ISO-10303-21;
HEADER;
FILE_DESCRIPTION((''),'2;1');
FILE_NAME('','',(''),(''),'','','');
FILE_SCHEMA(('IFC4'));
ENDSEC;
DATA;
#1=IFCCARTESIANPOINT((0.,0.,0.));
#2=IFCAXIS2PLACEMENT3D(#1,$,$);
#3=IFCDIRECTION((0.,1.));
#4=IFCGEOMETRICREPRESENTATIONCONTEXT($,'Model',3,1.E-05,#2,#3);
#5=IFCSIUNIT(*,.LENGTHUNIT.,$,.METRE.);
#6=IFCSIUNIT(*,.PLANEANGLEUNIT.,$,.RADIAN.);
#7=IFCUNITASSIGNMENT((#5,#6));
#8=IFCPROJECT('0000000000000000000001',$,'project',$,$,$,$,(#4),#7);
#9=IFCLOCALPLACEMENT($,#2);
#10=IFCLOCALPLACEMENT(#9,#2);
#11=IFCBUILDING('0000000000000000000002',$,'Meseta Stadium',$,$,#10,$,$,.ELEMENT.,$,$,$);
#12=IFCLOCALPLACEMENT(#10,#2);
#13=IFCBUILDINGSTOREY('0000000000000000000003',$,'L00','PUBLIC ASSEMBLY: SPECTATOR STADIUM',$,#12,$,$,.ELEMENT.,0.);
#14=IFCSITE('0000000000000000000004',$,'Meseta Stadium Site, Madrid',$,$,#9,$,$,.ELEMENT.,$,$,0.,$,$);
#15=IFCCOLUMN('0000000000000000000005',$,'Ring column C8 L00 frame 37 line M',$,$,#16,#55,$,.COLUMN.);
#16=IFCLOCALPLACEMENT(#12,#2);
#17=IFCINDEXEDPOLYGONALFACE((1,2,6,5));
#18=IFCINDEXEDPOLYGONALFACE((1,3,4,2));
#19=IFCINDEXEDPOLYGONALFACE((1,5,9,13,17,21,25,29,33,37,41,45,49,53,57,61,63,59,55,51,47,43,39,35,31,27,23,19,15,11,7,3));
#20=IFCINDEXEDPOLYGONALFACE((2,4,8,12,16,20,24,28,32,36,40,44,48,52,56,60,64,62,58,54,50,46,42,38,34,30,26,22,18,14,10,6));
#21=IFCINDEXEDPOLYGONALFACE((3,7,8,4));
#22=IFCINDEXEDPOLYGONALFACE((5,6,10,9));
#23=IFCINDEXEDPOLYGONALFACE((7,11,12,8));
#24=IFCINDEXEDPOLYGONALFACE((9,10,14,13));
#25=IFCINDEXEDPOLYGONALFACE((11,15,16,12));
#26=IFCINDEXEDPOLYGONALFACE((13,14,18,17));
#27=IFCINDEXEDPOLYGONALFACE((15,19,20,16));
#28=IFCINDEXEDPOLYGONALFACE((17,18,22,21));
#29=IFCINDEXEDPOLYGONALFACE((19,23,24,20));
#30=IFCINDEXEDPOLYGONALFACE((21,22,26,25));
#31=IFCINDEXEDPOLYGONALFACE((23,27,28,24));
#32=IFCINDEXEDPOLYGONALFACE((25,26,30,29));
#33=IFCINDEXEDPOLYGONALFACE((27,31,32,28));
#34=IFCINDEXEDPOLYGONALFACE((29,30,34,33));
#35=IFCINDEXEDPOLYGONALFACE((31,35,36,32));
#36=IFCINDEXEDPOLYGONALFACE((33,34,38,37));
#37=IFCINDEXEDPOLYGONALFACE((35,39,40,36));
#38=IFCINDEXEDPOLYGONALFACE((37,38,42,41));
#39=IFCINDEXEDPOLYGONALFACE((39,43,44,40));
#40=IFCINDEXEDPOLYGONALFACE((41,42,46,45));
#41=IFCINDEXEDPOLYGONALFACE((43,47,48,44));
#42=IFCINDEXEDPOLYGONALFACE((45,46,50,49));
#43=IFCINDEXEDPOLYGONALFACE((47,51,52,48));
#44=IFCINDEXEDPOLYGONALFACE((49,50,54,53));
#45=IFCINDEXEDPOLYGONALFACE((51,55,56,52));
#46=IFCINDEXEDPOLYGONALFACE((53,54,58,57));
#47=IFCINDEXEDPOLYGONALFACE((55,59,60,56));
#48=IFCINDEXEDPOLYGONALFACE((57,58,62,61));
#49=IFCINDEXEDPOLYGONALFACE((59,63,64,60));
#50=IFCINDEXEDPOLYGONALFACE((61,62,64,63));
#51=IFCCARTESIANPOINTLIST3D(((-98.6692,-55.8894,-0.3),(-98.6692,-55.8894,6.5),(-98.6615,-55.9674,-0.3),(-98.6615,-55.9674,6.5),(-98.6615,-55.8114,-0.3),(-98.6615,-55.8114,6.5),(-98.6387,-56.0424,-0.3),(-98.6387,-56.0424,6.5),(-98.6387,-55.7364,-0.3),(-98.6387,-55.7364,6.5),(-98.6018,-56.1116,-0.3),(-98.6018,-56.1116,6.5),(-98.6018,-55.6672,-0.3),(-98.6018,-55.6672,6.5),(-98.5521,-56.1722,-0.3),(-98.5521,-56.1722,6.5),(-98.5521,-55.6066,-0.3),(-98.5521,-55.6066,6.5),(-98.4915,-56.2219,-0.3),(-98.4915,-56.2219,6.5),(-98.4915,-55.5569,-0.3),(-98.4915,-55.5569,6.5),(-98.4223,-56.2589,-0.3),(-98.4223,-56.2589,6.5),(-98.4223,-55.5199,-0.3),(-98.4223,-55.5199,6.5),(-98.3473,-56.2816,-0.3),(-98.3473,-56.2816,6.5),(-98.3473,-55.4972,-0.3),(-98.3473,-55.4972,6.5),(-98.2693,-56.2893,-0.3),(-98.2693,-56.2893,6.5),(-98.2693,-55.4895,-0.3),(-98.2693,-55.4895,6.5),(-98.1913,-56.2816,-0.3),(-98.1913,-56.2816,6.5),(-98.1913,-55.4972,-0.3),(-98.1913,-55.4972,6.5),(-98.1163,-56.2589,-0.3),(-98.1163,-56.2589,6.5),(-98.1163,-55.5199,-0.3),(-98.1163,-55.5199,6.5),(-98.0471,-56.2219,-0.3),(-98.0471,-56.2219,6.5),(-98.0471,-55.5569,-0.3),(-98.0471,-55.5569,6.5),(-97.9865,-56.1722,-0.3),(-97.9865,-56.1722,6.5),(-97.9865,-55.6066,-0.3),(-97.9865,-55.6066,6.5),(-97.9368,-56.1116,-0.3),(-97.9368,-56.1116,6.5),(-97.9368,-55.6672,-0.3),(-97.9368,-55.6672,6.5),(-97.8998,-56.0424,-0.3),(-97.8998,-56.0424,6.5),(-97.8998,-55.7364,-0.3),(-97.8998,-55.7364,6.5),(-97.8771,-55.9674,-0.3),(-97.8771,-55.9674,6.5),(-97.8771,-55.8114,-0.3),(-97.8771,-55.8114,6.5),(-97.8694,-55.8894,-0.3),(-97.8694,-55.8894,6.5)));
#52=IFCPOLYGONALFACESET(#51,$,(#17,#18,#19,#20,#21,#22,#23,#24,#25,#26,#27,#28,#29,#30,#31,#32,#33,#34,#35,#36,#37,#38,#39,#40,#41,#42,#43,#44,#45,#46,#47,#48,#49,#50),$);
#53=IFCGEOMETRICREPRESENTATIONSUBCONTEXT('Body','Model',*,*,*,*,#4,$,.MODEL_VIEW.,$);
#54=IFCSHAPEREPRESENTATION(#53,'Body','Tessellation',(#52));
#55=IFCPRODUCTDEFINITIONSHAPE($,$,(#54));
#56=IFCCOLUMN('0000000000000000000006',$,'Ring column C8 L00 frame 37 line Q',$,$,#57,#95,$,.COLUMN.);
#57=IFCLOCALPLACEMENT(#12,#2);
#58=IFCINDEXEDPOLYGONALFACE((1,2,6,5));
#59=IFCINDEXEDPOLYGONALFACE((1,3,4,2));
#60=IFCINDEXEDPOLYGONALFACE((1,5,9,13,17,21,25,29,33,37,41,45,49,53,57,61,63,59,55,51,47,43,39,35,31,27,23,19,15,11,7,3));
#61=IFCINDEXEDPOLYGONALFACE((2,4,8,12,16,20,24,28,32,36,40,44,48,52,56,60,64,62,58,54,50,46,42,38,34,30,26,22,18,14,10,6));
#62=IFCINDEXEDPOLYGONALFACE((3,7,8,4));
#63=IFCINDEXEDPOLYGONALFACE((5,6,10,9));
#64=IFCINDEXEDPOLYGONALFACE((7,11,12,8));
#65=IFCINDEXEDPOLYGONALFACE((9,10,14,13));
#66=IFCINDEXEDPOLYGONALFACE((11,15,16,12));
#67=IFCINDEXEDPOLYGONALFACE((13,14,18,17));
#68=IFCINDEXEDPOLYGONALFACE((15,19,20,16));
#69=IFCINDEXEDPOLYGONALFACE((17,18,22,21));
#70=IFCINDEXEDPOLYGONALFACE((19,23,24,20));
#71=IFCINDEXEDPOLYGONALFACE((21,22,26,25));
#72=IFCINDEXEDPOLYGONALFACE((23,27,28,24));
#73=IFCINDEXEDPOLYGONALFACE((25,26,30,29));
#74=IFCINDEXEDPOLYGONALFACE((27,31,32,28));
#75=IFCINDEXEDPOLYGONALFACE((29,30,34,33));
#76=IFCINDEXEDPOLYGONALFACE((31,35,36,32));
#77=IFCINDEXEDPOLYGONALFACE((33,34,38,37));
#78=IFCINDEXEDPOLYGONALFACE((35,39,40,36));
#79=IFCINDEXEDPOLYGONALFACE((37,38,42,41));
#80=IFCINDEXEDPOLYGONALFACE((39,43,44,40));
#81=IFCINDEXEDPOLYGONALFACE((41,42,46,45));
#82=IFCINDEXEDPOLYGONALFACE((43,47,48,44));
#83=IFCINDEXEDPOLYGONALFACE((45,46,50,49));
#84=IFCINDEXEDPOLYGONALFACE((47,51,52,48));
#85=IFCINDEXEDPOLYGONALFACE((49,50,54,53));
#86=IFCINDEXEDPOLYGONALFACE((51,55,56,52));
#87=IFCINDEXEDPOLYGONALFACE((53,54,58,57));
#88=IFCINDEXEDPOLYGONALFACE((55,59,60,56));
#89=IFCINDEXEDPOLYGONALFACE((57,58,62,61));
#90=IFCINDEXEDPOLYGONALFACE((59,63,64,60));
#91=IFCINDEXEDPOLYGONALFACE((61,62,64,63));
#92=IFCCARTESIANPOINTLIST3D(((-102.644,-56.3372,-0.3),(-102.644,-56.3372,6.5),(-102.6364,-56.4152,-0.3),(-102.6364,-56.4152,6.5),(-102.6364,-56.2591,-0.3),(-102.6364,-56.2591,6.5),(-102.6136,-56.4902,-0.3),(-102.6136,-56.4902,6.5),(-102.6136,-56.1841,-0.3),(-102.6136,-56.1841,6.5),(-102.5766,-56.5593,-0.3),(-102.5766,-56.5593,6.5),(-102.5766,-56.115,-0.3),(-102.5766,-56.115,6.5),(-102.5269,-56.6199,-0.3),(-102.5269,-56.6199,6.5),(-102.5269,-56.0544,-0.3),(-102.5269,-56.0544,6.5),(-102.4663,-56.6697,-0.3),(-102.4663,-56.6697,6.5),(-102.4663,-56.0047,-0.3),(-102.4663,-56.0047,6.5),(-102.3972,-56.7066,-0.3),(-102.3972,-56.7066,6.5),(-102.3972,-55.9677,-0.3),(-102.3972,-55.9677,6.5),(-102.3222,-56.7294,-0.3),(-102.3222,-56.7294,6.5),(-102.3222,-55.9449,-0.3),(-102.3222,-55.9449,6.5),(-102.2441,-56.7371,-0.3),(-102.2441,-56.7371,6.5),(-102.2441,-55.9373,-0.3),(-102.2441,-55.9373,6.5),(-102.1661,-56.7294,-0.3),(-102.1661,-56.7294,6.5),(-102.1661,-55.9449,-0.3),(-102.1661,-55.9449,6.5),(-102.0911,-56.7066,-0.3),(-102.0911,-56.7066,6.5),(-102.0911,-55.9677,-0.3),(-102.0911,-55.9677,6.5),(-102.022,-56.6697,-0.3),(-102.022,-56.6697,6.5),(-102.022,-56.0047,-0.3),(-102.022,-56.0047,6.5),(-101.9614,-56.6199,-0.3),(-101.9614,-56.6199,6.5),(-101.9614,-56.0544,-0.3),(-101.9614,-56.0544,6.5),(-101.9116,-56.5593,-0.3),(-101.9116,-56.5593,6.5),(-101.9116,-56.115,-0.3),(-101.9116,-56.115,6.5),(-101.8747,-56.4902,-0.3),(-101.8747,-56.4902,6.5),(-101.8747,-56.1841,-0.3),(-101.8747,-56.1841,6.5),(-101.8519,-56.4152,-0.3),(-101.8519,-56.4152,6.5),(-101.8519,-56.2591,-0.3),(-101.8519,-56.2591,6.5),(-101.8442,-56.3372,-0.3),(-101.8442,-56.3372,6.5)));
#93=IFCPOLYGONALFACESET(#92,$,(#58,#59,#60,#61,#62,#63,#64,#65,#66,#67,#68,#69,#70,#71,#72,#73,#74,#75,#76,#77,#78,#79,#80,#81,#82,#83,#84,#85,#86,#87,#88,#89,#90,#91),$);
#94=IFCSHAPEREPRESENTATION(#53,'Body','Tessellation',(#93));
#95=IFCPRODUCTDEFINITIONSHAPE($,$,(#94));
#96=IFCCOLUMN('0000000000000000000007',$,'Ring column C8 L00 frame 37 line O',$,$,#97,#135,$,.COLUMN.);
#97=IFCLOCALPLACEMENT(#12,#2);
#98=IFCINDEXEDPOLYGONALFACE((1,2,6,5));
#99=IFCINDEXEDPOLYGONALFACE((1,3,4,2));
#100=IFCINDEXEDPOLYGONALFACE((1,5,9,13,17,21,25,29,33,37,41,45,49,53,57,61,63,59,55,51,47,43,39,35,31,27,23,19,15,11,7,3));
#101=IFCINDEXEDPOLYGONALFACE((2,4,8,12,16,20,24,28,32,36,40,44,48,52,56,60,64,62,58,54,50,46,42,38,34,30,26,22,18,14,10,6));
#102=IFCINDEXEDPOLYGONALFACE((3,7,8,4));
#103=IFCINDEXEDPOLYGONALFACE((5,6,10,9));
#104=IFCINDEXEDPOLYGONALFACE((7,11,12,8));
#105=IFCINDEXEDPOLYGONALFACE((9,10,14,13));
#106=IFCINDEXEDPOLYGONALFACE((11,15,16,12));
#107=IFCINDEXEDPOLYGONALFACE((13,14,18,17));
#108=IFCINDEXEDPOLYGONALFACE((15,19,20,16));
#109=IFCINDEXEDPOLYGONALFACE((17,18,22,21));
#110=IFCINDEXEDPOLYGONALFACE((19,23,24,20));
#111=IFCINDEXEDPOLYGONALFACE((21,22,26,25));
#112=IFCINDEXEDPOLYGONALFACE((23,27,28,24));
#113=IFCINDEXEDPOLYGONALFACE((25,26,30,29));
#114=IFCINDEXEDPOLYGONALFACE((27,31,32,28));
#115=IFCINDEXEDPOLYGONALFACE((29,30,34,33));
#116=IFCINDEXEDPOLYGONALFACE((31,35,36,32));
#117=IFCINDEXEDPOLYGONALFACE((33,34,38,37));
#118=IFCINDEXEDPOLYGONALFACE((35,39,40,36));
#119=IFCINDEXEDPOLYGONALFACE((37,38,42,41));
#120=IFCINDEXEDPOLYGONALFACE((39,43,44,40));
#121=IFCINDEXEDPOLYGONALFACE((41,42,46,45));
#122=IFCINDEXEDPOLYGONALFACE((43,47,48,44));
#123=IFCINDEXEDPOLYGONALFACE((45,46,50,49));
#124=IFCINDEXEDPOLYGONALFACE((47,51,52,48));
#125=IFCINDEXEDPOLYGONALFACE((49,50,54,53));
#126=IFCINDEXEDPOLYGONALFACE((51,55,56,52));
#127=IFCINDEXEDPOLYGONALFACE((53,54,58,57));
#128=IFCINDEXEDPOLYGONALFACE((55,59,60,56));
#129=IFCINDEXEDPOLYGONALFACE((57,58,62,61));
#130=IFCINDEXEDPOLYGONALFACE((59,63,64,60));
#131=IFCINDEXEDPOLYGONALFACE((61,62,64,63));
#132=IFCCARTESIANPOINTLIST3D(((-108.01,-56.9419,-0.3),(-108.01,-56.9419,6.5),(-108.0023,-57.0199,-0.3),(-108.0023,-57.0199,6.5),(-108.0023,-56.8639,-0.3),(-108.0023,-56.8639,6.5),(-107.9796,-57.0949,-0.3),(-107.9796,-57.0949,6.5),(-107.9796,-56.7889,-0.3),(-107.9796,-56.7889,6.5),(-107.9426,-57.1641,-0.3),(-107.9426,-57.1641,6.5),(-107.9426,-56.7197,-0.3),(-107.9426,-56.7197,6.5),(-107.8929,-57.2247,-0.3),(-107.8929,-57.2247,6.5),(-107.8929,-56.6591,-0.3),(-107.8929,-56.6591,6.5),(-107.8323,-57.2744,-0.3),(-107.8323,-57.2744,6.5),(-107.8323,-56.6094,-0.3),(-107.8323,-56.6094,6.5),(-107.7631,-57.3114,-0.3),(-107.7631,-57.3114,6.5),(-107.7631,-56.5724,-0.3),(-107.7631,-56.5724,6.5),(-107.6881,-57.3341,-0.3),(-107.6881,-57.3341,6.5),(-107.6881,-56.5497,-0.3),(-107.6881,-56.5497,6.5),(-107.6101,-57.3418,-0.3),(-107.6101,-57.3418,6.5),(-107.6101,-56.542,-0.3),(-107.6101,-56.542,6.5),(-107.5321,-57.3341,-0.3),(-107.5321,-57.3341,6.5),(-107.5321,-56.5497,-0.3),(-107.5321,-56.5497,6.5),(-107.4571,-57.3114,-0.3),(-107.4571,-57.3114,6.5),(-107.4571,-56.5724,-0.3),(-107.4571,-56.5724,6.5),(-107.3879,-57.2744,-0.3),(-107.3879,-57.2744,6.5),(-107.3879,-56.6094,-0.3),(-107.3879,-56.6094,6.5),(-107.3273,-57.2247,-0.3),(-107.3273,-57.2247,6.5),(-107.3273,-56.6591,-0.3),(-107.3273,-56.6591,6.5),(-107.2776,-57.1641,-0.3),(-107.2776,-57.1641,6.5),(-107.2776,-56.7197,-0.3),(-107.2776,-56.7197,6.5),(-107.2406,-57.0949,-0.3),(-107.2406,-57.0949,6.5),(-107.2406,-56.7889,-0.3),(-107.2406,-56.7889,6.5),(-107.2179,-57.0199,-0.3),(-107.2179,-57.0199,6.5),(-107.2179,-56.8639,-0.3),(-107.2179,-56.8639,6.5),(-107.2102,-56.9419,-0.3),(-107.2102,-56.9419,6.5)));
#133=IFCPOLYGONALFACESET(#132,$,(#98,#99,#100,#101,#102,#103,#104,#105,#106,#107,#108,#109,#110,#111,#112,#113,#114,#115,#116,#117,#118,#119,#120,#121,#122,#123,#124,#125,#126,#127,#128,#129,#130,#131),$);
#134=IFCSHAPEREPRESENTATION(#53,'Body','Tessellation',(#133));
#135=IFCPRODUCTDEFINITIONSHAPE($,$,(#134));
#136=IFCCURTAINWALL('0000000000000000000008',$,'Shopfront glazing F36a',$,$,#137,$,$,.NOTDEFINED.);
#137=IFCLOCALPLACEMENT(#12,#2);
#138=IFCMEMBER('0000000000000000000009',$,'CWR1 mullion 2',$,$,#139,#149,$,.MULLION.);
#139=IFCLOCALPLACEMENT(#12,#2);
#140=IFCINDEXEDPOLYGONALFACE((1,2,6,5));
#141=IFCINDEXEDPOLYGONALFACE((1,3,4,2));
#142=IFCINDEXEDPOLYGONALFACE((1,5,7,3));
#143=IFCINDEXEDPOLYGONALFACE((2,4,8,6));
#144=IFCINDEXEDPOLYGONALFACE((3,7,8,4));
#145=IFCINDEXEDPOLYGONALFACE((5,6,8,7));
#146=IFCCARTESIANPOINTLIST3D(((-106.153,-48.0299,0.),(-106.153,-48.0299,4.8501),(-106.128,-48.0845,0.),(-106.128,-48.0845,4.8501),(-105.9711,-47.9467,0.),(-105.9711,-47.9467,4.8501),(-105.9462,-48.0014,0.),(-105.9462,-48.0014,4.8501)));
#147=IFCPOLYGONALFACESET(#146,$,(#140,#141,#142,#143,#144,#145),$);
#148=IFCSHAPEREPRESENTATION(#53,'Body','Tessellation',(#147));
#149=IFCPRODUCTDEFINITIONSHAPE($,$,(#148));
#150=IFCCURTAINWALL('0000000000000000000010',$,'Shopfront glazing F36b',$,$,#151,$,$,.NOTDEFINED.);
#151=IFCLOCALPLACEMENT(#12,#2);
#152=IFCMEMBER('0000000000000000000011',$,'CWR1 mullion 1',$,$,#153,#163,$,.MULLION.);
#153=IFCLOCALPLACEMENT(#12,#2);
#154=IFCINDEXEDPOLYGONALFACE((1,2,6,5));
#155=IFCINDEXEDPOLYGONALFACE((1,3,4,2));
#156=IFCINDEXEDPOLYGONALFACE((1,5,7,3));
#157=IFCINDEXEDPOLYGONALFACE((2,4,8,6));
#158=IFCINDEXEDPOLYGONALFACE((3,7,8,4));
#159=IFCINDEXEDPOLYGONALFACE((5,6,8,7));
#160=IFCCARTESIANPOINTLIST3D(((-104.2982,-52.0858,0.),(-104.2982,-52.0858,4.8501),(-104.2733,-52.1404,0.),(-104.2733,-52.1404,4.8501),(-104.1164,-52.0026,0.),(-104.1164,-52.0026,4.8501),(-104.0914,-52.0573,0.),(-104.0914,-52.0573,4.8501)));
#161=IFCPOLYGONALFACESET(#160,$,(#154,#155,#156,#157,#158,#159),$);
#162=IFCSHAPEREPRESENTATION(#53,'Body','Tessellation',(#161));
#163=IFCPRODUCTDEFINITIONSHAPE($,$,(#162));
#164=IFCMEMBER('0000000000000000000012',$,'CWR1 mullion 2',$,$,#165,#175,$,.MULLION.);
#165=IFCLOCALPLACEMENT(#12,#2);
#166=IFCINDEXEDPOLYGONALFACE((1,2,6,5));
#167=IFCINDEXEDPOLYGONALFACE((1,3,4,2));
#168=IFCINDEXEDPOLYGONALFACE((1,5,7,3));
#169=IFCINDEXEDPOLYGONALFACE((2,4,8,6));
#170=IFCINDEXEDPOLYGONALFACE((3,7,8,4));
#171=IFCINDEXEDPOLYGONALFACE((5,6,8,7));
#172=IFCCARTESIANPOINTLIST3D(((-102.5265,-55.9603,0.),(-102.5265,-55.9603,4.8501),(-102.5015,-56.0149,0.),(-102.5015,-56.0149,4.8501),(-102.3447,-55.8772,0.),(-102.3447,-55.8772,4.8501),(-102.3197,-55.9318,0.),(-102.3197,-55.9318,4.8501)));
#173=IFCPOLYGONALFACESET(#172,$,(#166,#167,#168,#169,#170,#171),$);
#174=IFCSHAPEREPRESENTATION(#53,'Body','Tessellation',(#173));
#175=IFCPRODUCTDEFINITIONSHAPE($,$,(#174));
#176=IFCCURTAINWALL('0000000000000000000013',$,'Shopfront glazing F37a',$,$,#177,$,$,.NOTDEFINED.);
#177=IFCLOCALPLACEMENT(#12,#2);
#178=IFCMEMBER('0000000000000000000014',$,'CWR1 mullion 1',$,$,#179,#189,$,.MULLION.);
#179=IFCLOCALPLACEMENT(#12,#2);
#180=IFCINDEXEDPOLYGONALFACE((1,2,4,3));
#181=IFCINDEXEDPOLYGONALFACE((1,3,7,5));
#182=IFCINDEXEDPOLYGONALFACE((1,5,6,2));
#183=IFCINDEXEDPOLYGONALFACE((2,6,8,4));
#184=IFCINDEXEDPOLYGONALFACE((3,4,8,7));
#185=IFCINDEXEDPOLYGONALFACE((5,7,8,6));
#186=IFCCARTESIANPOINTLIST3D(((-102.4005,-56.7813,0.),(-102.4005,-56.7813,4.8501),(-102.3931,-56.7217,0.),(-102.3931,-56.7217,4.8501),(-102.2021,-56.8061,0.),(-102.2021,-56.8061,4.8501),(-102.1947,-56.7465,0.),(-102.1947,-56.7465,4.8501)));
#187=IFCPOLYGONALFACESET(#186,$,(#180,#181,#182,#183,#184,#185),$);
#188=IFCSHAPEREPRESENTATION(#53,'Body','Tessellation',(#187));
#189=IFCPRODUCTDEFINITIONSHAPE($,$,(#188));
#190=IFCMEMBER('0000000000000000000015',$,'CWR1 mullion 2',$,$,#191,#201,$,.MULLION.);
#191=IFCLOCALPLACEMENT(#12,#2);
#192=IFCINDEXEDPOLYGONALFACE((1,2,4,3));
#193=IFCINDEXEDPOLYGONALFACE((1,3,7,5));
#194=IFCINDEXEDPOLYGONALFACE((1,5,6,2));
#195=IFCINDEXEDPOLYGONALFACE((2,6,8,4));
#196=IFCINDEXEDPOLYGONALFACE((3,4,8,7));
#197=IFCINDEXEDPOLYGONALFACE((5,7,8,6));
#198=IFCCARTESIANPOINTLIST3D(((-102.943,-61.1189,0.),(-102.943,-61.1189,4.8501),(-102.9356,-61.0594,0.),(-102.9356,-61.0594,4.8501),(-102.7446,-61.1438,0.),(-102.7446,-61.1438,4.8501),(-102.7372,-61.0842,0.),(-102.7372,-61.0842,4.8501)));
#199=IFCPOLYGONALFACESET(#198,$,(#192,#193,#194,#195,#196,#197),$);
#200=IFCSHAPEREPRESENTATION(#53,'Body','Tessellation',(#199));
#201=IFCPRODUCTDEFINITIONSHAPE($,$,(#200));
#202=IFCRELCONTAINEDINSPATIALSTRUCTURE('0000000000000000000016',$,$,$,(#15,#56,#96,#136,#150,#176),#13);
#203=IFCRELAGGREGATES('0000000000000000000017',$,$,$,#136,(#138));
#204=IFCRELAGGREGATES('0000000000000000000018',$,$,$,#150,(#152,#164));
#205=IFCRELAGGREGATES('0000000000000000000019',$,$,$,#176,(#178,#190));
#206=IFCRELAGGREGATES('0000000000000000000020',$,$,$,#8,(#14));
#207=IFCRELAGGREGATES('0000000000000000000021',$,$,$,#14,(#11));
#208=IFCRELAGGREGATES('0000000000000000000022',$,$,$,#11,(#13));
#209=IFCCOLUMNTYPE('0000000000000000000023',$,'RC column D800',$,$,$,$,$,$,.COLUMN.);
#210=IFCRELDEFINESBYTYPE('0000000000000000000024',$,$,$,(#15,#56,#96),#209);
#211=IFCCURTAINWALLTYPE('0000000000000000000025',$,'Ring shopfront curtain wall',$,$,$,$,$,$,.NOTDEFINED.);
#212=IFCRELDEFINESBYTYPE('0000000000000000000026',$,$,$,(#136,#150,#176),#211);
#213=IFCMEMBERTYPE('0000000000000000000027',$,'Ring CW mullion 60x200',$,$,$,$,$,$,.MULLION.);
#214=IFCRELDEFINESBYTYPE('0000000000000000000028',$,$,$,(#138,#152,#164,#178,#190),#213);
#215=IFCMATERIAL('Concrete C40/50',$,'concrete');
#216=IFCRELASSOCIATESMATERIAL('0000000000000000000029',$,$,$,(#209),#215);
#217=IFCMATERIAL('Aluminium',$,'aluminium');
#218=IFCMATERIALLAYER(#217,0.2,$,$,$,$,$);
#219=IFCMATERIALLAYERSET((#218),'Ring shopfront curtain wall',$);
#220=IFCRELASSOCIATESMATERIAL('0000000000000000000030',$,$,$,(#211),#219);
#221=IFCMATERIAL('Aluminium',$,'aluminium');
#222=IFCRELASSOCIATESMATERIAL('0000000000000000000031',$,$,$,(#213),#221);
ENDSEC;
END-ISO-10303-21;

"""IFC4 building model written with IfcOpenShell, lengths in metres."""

from ifc_helpers import new_model, si_unit, direction, frame, origin, origin_2d, place, context, subcontext, project, spatial, rectangle, circle, extrude, material, layer, layer_set, material_profile, profile_set, type_object, element, aggregate, save


model = new_model("IFC4")

# Units and contexts
model_context = context("Model", 3, precision=1e-05, world=origin(), true_north=direction((0.0, 1.0)))
body_context = subcontext(model_context, "Body", "Model", "MODEL_VIEW")
ifc_project = project(units=[si_unit("LENGTHUNIT", "METRE"), si_unit("PLANEANGLEUNIT", "RADIAN")], contexts=[model_context])

# Site, building, storey
site_placement = place(None, origin())
site = spatial("IfcSite", under=ifc_project, at=site_placement, Name="Meseta Stadium Site, Madrid", CompositionType="ELEMENT", RefElevation=0.0)
building_placement = place(site_placement, origin())
building = spatial("IfcBuilding", under=site, at=building_placement, Name="Meseta Stadium", CompositionType="ELEMENT")
storey_placement = place(building_placement, origin())
storey = spatial("IfcBuildingStorey", under=building, at=storey_placement, Name="L00", Description="PUBLIC ASSEMBLY: SPECTATOR STADIUM", CompositionType="ELEMENT", Elevation=0.0)

# Columns
ifc_material_1 = material(Name="Concrete C40/50", Category="concrete")
ifc_material_profile_1 = material_profile(ifc_material_1, circle(Radius=0.3999, at=origin_2d()), Name="RC D800")
ifc_profile_set_1 = profile_set([ifc_material_profile_1], Name="Concrete C40/50")
column_type = type_object("IfcColumnType", Name="RC column D800", PredefinedType="COLUMN", material=ifc_profile_set_1)
for number, where, z_axis, x_axis, name in (
    (1, (-98.2693, -55.8894, -0.3), (0.0, 0.0, 1.0), (1.0, 0.0, 0.0), "Ring column C8 L00 frame 37 line M"),
    (2, (-102.2441, -56.3372, -0.3), (0.0, 0.0, 1.0), (1.0, 0.0, 0.0), "Ring column C8 L00 frame 37 line Q"),
    (3, (-107.6101, -56.9419, -0.3), (0.0, 0.0, 1.0), (1.0, 0.0, 0.0), "Ring column C8 L00 frame 37 line O"),
):
    element("IfcColumn", number, at=place(storey_placement, frame(where, z_axis=z_axis, x_axis=x_axis)), inside=storey, type_object=column_type, Name=name, PredefinedType="COLUMN", context=body_context, shape_type="SweptSolid", body=[
        extrude(circle(Radius=0.3999, at=origin_2d()), origin(), (0.0, 0.0, 1.0), 6.8),
    ])

# Curtain wall, member
ifc_material_2 = material(Name="Aluminium", Category="aluminium")
ifc_layer_1 = layer(ifc_material_2, 0.2)
ifc_layer_set_1 = layer_set([ifc_layer_1], Name="Ring shopfront curtain wall")
curtain_wall_type = type_object("IfcCurtainWallType", Name="Ring shopfront curtain wall", PredefinedType="NOTDEFINED", material=ifc_layer_set_1)
curtain_wall_1_placement = place(storey_placement, origin())
curtain_wall_1 = element("IfcCurtainWall", 4, at=curtain_wall_1_placement, inside=storey, type_object=curtain_wall_type, Name="Shopfront glazing F36a", PredefinedType="NOTDEFINED")
ifc_material_3 = material(Name="Aluminium", Category="aluminium")
ifc_material_profile_2 = material_profile(ifc_material_3, rectangle(XDim=0.2, YDim=0.0601, at=origin_2d()), Name="CW 200x60")
ifc_profile_set_2 = profile_set([ifc_material_profile_2], Name="Aluminium")
member_type_1 = type_object("IfcMemberType", Name="Ring CW mullion 60x200", PredefinedType="MULLION", material=ifc_profile_set_2)
member_1_placement = place(storey_placement, frame((-106.0496, -48.0156, 0.0), z_axis=(0.0, 0.0, 1.0), x_axis=(0.909427, 0.415863, 0.0)))
member_1 = element("IfcMember", 5, at=member_1_placement, type_object=member_type_1, Name="CWR1 mullion 2", PredefinedType="MULLION", context=body_context, shape_type="SweptSolid", body=[
    extrude(rectangle(XDim=0.2, YDim=0.0601, at=origin_2d()), origin(), (0.0, 0.0, 1.0), 4.8501),
])
aggregate(curtain_wall_1, [member_1])

# Curtain walls, members
curtain_wall_2_placement = place(storey_placement, origin())
curtain_wall_2 = element("IfcCurtainWall", 6, at=curtain_wall_2_placement, inside=storey, type_object=curtain_wall_type, Name="Shopfront glazing F36b", PredefinedType="NOTDEFINED")
member_2_placement = place(storey_placement, frame((-104.1948, -52.0715, 0.0), z_axis=(0.0, 0.0, 1.0), x_axis=(0.909427, 0.415863, 0.0)))
member_2 = element("IfcMember", 7, at=member_2_placement, type_object=member_type_1, Name="CWR1 mullion 1", PredefinedType="MULLION", context=body_context, shape_type="SweptSolid", body=[
    extrude(rectangle(XDim=0.2, YDim=0.0601, at=origin_2d()), origin(), (0.0, 0.0, 1.0), 4.8501),
])
member_3_placement = place(storey_placement, frame((-102.4231, -55.946, 0.0), z_axis=(0.0, 0.0, 1.0), x_axis=(0.909427, 0.415863, 0.0)))
member_3 = element("IfcMember", 8, at=member_3_placement, type_object=member_type_1, Name="CWR1 mullion 2", PredefinedType="MULLION", context=body_context, shape_type="SweptSolid", body=[
    extrude(rectangle(XDim=0.2, YDim=0.0601, at=origin_2d()), origin(), (0.0, 0.0, 1.0), 4.8501),
])
curtain_wall_3_placement = place(storey_placement, origin())
curtain_wall_3 = element("IfcCurtainWall", 9, at=curtain_wall_3_placement, inside=storey, type_object=curtain_wall_type, Name="Shopfront glazing F37a", PredefinedType="NOTDEFINED")
member_4_placement = place(storey_placement, frame((-102.2976, -56.7639, 0.0), z_axis=(0.0, 0.0, 1.0), x_axis=(0.992266, -0.124132, 0.0)))
member_4 = element("IfcMember", 10, at=member_4_placement, type_object=member_type_1, Name="CWR1 mullion 1", PredefinedType="MULLION", context=body_context, shape_type="SweptSolid", body=[
    extrude(rectangle(XDim=0.2, YDim=0.0601, at=origin_2d()), origin(), (0.0, 0.0, 1.0), 4.8501),
])
member_5_placement = place(storey_placement, frame((-102.8401, -61.1016, 0.0), z_axis=(0.0, 0.0, 1.0), x_axis=(0.992266, -0.124132, 0.0)))
member_5 = element("IfcMember", 11, at=member_5_placement, type_object=member_type_1, Name="CWR1 mullion 2", PredefinedType="MULLION", context=body_context, shape_type="SweptSolid", body=[
    extrude(rectangle(XDim=0.2, YDim=0.0601, at=origin_2d()), origin(), (0.0, 0.0, 1.0), 4.8501),
])

aggregate(curtain_wall_2, [member_2, member_3])
aggregate(curtain_wall_3, [member_4, member_5])

save(model, "model.ifc")
